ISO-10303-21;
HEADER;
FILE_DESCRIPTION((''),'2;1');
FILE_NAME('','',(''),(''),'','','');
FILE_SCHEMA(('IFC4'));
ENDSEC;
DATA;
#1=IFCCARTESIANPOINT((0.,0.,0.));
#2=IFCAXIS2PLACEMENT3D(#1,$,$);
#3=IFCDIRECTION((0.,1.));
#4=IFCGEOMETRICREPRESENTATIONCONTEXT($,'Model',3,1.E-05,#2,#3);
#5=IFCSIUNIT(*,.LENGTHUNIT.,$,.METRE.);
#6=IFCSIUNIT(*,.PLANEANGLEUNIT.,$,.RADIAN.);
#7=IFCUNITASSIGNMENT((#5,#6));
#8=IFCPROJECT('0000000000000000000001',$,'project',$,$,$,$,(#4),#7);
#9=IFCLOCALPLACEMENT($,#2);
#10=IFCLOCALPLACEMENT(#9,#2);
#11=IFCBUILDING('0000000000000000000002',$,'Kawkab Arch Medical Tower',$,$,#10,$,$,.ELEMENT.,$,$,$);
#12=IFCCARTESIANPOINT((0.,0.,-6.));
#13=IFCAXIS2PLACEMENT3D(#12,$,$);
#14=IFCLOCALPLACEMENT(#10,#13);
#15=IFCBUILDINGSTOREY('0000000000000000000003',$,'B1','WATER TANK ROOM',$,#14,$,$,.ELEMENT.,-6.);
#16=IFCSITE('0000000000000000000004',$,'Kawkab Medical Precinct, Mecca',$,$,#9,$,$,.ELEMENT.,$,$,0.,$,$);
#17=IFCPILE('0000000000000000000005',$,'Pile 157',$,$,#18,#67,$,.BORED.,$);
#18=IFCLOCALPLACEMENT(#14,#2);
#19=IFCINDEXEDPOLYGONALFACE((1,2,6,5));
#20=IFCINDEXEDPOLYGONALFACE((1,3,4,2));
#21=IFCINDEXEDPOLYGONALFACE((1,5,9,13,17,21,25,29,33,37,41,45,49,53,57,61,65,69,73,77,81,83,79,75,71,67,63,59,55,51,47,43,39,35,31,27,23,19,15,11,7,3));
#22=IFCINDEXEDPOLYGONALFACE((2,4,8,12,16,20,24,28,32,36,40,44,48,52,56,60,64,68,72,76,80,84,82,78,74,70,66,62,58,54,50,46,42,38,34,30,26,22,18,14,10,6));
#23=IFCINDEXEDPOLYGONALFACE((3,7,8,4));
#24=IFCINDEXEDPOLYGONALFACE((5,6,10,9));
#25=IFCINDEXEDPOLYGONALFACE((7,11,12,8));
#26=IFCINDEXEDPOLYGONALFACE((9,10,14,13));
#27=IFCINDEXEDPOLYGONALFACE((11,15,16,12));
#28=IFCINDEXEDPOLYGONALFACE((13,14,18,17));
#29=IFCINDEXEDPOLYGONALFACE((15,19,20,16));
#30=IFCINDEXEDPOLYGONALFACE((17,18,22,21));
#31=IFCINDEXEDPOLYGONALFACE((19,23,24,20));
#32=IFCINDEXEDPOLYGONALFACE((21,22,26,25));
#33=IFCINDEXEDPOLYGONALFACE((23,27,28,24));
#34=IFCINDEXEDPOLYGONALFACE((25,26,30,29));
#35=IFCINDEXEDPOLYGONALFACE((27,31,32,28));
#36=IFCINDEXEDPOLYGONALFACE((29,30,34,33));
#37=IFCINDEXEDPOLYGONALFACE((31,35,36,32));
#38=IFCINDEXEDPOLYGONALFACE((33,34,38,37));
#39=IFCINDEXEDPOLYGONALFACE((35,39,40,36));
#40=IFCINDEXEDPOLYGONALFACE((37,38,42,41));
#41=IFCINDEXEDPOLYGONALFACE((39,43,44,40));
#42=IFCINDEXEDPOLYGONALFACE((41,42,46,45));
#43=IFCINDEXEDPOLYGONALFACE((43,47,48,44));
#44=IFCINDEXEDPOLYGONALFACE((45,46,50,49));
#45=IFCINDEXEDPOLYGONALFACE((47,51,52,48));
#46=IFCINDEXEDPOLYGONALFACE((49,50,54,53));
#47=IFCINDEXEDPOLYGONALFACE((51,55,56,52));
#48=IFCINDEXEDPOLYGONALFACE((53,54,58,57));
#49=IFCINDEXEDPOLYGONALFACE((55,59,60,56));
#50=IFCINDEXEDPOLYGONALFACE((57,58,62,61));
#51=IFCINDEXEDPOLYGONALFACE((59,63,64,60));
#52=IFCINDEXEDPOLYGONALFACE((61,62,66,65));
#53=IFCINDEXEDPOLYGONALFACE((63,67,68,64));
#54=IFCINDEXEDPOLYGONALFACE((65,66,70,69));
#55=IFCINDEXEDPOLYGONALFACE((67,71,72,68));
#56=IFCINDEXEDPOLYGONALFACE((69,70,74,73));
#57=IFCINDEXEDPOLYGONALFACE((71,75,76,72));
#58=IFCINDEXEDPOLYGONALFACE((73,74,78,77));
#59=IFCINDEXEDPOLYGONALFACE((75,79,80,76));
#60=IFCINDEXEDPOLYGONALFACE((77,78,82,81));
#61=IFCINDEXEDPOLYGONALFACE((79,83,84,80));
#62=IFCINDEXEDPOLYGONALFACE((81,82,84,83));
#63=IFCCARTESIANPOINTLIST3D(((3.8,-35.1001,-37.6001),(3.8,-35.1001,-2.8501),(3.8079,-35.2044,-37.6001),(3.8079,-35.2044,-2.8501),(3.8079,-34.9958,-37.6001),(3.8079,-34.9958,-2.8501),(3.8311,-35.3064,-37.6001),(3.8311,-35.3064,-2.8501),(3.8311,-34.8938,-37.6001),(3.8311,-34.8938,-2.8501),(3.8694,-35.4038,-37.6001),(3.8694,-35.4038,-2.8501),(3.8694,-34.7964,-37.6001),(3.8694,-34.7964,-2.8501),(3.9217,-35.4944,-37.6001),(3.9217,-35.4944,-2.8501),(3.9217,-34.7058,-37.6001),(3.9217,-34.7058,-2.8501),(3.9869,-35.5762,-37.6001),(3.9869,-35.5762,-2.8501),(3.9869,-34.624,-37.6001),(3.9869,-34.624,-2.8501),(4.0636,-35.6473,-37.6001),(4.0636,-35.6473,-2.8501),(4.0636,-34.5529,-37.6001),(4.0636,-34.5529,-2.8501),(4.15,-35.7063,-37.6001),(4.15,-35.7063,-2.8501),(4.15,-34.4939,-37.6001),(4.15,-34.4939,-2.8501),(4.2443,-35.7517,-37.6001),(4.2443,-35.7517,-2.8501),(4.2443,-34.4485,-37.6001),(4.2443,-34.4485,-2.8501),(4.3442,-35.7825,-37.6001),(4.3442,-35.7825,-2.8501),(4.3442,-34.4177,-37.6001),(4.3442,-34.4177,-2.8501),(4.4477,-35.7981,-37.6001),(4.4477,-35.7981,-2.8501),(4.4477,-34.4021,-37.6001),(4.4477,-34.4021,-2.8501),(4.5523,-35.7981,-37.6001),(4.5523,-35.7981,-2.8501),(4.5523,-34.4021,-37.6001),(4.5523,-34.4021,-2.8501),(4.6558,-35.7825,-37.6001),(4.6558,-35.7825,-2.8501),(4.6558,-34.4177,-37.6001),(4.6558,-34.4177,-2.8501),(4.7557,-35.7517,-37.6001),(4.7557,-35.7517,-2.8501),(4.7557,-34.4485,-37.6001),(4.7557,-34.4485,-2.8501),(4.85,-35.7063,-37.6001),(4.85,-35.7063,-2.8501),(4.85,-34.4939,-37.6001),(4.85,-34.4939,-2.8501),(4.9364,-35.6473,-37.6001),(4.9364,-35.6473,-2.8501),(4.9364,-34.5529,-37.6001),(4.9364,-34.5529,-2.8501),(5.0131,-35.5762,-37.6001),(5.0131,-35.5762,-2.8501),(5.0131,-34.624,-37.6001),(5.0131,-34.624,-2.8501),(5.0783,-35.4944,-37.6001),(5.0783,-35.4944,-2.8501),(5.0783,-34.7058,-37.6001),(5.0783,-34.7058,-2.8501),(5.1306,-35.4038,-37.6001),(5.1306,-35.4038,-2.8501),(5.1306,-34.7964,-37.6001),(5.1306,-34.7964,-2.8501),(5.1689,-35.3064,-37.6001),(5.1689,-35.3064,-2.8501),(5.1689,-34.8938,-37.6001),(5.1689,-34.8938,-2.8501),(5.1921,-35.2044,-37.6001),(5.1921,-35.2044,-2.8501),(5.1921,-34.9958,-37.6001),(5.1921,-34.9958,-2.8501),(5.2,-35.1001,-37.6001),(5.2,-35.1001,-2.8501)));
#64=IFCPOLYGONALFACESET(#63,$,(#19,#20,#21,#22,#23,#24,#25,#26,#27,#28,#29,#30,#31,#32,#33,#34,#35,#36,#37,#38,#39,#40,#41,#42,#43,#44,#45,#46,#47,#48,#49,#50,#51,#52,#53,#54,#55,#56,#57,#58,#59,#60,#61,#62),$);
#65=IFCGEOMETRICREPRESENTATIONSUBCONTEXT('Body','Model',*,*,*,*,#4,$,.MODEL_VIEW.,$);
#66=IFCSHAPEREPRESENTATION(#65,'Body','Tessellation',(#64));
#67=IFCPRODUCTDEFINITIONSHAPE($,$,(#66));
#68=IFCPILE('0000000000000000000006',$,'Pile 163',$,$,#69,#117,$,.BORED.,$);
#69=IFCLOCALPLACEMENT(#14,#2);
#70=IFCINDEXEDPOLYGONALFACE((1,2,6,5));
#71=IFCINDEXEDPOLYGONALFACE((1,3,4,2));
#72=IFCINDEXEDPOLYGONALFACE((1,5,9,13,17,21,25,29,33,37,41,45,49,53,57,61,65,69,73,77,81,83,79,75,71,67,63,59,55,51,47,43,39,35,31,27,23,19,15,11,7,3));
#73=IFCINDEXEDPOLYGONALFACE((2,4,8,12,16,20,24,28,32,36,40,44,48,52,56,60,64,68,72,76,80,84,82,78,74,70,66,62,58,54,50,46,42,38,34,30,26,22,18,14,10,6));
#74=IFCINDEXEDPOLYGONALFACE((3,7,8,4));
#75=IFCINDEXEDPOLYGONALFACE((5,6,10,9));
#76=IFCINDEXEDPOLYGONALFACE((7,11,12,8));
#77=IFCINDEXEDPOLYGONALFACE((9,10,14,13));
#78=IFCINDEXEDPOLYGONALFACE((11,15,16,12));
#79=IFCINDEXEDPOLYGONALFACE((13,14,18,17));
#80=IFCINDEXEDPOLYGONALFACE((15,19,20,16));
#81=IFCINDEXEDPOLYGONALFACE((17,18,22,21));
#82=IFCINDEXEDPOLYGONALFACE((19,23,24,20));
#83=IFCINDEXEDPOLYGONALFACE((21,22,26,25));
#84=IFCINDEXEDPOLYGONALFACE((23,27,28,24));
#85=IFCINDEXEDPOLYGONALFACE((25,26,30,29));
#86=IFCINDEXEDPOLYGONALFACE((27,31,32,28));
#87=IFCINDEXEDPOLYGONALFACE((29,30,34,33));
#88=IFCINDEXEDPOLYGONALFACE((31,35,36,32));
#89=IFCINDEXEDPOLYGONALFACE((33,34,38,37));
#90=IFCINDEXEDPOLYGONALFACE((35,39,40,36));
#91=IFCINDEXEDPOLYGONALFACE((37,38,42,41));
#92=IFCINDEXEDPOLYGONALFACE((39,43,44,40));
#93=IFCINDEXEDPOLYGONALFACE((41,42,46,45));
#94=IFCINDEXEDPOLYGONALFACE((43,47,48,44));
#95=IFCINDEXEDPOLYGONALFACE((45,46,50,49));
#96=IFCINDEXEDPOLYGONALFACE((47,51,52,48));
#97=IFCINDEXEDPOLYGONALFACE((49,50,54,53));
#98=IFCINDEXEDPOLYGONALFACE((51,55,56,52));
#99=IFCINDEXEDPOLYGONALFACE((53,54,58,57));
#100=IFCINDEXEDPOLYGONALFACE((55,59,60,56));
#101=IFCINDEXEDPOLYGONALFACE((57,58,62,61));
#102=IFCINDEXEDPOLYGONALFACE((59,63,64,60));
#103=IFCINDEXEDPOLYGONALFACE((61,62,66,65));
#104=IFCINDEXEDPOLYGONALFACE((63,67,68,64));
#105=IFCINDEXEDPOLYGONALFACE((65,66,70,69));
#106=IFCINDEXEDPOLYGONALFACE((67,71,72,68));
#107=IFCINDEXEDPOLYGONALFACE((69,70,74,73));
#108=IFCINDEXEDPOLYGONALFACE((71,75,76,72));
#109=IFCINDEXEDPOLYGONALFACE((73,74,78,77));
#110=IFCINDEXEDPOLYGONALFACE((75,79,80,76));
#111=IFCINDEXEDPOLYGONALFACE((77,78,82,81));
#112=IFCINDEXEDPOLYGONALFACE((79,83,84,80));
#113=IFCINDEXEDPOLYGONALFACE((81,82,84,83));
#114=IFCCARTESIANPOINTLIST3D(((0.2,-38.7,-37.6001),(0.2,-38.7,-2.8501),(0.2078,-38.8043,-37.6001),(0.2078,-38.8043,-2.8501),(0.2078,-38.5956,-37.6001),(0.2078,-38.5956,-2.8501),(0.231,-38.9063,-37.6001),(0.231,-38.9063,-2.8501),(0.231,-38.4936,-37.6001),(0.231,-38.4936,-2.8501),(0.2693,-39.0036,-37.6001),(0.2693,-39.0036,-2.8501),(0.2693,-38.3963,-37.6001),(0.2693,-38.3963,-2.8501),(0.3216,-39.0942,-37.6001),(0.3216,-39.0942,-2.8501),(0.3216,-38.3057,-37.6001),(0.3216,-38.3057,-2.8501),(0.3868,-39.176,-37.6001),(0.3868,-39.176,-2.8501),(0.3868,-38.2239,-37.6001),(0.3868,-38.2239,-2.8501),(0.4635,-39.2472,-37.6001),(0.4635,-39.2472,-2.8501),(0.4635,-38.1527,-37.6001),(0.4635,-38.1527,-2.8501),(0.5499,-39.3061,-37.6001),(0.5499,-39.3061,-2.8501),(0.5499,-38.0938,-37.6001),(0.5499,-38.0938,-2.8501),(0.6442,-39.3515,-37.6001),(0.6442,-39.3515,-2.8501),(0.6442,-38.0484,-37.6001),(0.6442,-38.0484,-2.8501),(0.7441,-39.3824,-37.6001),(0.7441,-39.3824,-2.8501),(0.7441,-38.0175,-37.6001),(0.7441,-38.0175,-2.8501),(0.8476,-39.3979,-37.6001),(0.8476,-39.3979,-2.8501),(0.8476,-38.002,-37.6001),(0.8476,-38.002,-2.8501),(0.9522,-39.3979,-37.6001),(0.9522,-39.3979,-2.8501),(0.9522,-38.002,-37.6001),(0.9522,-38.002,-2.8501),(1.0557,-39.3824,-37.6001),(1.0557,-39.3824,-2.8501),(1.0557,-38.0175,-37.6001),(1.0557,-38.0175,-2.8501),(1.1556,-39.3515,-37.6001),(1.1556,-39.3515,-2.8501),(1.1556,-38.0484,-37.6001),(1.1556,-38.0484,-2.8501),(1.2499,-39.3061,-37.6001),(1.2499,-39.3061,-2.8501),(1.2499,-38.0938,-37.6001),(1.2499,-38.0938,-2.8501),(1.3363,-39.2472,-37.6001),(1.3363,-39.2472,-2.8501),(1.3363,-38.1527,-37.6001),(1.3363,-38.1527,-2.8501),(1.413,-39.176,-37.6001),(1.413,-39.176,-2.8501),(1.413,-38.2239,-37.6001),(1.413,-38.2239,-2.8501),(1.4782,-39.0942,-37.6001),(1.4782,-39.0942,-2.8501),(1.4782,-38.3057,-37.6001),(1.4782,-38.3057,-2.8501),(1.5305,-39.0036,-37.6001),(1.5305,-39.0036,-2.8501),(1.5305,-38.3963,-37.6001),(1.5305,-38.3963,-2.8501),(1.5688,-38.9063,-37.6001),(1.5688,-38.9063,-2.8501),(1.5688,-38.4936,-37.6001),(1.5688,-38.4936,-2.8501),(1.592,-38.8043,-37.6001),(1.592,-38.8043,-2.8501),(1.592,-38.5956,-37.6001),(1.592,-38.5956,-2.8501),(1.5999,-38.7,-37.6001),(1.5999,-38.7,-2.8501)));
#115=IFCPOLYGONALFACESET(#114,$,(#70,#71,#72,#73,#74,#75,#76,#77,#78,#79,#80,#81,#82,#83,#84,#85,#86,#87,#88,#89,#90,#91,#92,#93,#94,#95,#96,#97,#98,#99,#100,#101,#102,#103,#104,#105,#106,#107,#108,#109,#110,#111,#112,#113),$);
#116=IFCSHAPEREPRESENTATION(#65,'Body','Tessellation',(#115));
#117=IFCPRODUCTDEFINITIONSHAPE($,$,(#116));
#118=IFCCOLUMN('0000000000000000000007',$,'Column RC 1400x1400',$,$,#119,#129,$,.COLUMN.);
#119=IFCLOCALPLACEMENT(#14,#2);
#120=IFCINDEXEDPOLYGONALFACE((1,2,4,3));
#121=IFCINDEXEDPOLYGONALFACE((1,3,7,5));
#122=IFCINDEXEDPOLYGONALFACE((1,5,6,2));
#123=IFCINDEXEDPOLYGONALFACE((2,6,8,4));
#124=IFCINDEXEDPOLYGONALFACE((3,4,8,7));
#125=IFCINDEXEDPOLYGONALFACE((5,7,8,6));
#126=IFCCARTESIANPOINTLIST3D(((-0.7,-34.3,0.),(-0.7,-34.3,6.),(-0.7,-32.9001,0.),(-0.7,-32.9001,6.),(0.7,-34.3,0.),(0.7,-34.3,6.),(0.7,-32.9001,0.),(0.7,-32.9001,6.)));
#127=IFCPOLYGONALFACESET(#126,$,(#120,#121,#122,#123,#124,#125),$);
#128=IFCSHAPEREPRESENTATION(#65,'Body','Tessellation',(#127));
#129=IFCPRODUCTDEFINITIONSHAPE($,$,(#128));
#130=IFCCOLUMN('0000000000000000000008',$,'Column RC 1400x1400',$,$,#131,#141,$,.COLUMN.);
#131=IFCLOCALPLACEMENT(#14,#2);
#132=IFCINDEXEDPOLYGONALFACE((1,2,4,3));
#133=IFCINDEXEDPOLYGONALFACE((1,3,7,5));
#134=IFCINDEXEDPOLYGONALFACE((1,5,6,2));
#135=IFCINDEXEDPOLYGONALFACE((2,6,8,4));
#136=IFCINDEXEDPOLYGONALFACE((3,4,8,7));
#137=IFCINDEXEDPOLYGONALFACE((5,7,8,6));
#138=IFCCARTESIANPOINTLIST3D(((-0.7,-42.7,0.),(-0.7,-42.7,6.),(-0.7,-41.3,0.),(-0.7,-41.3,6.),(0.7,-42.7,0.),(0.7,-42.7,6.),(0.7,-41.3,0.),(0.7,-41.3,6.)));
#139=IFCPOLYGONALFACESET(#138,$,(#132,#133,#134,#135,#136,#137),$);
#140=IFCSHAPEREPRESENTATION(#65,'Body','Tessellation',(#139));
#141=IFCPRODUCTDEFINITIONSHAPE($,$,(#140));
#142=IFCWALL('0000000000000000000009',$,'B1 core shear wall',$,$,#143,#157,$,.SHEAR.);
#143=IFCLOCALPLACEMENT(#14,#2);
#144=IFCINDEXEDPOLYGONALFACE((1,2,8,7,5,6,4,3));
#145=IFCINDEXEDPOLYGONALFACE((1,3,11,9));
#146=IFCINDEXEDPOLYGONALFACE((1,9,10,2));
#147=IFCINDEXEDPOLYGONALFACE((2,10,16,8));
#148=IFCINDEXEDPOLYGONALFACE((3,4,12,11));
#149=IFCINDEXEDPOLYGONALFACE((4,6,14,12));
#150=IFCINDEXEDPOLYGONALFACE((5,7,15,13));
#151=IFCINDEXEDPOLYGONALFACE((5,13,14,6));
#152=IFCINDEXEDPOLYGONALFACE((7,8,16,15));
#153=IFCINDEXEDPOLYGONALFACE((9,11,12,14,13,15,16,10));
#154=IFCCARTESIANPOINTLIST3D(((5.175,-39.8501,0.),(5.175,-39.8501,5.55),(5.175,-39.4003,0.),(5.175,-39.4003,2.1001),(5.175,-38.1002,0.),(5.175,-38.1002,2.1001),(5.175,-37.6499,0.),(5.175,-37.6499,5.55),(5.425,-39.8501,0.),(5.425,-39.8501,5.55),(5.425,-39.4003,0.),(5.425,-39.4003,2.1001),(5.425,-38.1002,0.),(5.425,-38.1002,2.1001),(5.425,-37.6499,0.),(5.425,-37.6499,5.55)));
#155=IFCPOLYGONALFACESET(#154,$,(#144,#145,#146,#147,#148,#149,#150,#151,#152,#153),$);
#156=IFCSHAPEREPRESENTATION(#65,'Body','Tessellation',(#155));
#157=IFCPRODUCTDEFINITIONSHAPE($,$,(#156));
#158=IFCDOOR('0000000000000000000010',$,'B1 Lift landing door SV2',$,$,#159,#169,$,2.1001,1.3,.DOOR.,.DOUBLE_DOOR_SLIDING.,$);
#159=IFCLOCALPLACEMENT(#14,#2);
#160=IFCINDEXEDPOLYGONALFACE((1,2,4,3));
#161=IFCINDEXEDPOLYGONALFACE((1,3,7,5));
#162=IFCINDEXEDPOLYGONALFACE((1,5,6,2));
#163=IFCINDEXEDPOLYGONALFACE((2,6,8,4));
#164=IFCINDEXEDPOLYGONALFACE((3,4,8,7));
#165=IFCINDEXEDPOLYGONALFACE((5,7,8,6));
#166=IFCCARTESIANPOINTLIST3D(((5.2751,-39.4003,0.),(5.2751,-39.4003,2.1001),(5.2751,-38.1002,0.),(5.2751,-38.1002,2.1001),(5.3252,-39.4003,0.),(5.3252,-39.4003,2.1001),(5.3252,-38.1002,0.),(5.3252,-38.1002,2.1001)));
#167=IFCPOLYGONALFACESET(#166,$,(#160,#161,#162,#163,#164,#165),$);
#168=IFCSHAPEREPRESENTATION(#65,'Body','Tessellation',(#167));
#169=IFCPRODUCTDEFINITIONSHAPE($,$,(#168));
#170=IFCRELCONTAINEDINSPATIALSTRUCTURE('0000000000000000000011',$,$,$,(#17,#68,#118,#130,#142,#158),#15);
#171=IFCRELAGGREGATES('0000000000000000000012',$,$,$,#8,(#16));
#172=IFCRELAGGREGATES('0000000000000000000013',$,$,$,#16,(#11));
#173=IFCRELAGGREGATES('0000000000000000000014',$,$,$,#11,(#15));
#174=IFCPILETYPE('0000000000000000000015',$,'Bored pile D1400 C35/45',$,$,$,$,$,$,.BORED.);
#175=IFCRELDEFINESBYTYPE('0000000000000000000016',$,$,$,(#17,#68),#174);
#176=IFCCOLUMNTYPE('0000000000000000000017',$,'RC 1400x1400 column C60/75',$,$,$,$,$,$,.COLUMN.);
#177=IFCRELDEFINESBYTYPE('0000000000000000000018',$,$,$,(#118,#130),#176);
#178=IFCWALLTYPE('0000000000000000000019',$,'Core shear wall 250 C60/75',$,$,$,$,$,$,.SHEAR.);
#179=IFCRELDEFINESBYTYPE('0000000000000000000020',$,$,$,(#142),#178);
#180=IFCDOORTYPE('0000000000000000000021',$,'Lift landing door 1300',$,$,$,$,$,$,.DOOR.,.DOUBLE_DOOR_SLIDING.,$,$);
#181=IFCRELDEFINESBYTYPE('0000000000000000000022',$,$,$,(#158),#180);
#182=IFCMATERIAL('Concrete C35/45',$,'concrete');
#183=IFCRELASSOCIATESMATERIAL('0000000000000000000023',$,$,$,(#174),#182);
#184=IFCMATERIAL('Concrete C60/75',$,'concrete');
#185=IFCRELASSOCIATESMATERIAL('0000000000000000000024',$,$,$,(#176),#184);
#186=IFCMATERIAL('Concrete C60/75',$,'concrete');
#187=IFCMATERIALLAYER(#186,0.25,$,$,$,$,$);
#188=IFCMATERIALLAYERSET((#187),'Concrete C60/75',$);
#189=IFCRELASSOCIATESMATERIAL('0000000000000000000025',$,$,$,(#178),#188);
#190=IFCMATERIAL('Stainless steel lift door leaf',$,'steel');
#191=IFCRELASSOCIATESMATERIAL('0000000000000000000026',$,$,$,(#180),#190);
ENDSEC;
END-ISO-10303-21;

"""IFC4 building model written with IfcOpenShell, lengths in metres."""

from ifc_helpers import new_model, si_unit, direction, frame, frame_2d, origin, origin_2d, place, context, subcontext, project, spatial, rectangle, circle, extrude, material, layer, layer_set, material_profile, profile_set, type_object, element, fill, save


model = new_model("IFC4")

# Units and contexts
model_context = context("Model", 3, precision=1e-05, world=origin(), true_north=direction((0.0, 1.0)))
body_context = subcontext(model_context, "Body", "Model", "MODEL_VIEW")
ifc_project = project(units=[si_unit("LENGTHUNIT", "METRE"), si_unit("PLANEANGLEUNIT", "RADIAN")], contexts=[model_context])

# Site, building, storey
site_placement = place(None, origin())
site = spatial("IfcSite", under=ifc_project, at=site_placement, Name="Kawkab Medical Precinct, Mecca", CompositionType="ELEMENT", RefElevation=0.0)
building_placement = place(site_placement, origin())
building = spatial("IfcBuilding", under=site, at=building_placement, Name="Kawkab Arch Medical Tower", CompositionType="ELEMENT")
storey_placement = place(building_placement, frame((0.0, 0.0, -6.0)))
storey = spatial("IfcBuildingStorey", under=building, at=storey_placement, Name="B1", Description="WATER TANK ROOM", CompositionType="ELEMENT", Elevation=-6.0)

# Piles
ifc_material_1 = material(Name="Concrete C35/45", Category="concrete")
ifc_material_profile_1 = material_profile(ifc_material_1, circle(Radius=0.7, at=origin_2d()), Name="Bored pile D1400")
ifc_profile_set_1 = profile_set([ifc_material_profile_1], Name="Concrete C35/45")
pile_type = type_object("IfcPileType", Name="Bored pile D1400 C35/45", PredefinedType="BORED", material=ifc_profile_set_1)
for number, where, z_axis, x_axis, name in (
    (1, (4.5, -35.1001, -2.8501), (0.0, 0.0, -1.0), (1.0, 0.0, 0.0), "Pile 157"),
    (2, (0.8999, -38.7, -2.8501), (0.0, 0.0, -1.0), (1.0, 0.0, 0.0), "Pile 163"),
):
    element("IfcPile", number, at=place(storey_placement, frame(where, z_axis=z_axis, x_axis=x_axis)), inside=storey, type_object=pile_type, Name=name, PredefinedType="BORED", context=body_context, shape_type="SweptSolid", body=[
        extrude(circle(Radius=0.7, at=origin_2d()), origin(), (0.0, 0.0, 1.0), 34.75),
    ])

# Columns
ifc_material_2 = material(Name="Concrete C60/75", Category="concrete")
ifc_material_profile_2 = material_profile(ifc_material_2, rectangle(XDim=1.3999, YDim=1.3999, at=origin_2d()), Name="RC 1400x1400")
ifc_profile_set_2 = profile_set([ifc_material_profile_2], Name="Concrete C60/75")
column_type = type_object("IfcColumnType", Name="RC 1400x1400 column C60/75", PredefinedType="COLUMN", material=ifc_profile_set_2)
for number, where, z_axis, x_axis, name in (
    (3, (0.0, -33.6001, 0.0), (0.0, 0.0, 1.0), (1.0, 0.0, 0.0), "Column RC 1400x1400"),
    (4, (0.0, -42.0, 0.0), (0.0, 0.0, 1.0), (1.0, 0.0, 0.0), "Column RC 1400x1400"),
):
    element("IfcColumn", number, at=place(storey_placement, frame(where, z_axis=z_axis, x_axis=x_axis)), inside=storey, type_object=column_type, Name=name, PredefinedType="COLUMN", context=body_context, shape_type="SweptSolid", body=[
        extrude(rectangle(XDim=1.3999, YDim=1.3999, at=origin_2d()), origin(), (0.0, 0.0, 1.0), 6.0),
    ])

# Wall, opening, door
ifc_material_3 = material(Name="Concrete C60/75", Category="concrete")
ifc_layer_1 = layer(ifc_material_3, 0.25)
ifc_layer_set_1 = layer_set([ifc_layer_1], Name="Concrete C60/75")
wall_type_1 = type_object("IfcWallType", Name="Core shear wall 250 C60/75", PredefinedType="SHEAR", material=ifc_layer_set_1)
wall_1_placement = place(storey_placement, frame((5.3, -39.8501, 0.0), z_axis=(0.0, 0.0, 1.0), x_axis=(0.0, 1.0, 0.0)))
wall_1 = element("IfcWall", 5, at=wall_1_placement, inside=storey, type_object=wall_type_1, Name="B1 core shear wall", PredefinedType="SHEAR", context=body_context, shape_type="SweptSolid", body=[
    extrude(rectangle(XDim=2.2002, YDim=0.25, at=frame_2d((1.1001, 0.0))), origin(), (0.0, 0.0, 1.0), 5.55),
])
opening_1_placement = place(wall_1_placement, frame((0.45, 0.0, 0.0)))
opening_1 = element("IfcOpeningElement", 6, at=opening_1_placement, cuts=wall_1, PredefinedType="OPENING", context=body_context, shape_type="SweptSolid", body=[
    extrude(rectangle(XDim=1.3, YDim=2.1001, at=frame_2d((0.6499, 1.05))), frame((0.0, 0.135, 0.0), z_axis=(0.0, -1.0, 0.0), x_axis=(1.0, 0.0, 0.0)), (0.0, 0.0, 1.0), 0.27),
])
ifc_material_4 = material(Name="Stainless steel lift door leaf", Category="steel")
door_type_1 = type_object("IfcDoorType", Name="Lift landing door 1300", OperationType="DOUBLE_DOOR_SLIDING", PredefinedType="DOOR", material=ifc_material_4)
door_1_placement = place(opening_1_placement, origin())
door_1 = element("IfcDoor", 7, at=door_1_placement, inside=storey, type_object=door_type_1, Name="B1 Lift landing door SV2", OperationType="DOUBLE_DOOR_SLIDING", OverallHeight=2.1001, OverallWidth=1.3, PredefinedType="DOOR", context=body_context, shape_type="SweptSolid", body=[
    extrude(rectangle(XDim=1.3, YDim=2.1001, at=frame_2d((0.6499, 1.05))), frame((0.0, 0.0249, 0.0), z_axis=(0.0, -1.0, 0.0), x_axis=(1.0, 0.0, 0.0)), (0.0, 0.0, 1.0), 0.05),
])
fill(opening_1, door_1)

save(model, "model.ifc")
